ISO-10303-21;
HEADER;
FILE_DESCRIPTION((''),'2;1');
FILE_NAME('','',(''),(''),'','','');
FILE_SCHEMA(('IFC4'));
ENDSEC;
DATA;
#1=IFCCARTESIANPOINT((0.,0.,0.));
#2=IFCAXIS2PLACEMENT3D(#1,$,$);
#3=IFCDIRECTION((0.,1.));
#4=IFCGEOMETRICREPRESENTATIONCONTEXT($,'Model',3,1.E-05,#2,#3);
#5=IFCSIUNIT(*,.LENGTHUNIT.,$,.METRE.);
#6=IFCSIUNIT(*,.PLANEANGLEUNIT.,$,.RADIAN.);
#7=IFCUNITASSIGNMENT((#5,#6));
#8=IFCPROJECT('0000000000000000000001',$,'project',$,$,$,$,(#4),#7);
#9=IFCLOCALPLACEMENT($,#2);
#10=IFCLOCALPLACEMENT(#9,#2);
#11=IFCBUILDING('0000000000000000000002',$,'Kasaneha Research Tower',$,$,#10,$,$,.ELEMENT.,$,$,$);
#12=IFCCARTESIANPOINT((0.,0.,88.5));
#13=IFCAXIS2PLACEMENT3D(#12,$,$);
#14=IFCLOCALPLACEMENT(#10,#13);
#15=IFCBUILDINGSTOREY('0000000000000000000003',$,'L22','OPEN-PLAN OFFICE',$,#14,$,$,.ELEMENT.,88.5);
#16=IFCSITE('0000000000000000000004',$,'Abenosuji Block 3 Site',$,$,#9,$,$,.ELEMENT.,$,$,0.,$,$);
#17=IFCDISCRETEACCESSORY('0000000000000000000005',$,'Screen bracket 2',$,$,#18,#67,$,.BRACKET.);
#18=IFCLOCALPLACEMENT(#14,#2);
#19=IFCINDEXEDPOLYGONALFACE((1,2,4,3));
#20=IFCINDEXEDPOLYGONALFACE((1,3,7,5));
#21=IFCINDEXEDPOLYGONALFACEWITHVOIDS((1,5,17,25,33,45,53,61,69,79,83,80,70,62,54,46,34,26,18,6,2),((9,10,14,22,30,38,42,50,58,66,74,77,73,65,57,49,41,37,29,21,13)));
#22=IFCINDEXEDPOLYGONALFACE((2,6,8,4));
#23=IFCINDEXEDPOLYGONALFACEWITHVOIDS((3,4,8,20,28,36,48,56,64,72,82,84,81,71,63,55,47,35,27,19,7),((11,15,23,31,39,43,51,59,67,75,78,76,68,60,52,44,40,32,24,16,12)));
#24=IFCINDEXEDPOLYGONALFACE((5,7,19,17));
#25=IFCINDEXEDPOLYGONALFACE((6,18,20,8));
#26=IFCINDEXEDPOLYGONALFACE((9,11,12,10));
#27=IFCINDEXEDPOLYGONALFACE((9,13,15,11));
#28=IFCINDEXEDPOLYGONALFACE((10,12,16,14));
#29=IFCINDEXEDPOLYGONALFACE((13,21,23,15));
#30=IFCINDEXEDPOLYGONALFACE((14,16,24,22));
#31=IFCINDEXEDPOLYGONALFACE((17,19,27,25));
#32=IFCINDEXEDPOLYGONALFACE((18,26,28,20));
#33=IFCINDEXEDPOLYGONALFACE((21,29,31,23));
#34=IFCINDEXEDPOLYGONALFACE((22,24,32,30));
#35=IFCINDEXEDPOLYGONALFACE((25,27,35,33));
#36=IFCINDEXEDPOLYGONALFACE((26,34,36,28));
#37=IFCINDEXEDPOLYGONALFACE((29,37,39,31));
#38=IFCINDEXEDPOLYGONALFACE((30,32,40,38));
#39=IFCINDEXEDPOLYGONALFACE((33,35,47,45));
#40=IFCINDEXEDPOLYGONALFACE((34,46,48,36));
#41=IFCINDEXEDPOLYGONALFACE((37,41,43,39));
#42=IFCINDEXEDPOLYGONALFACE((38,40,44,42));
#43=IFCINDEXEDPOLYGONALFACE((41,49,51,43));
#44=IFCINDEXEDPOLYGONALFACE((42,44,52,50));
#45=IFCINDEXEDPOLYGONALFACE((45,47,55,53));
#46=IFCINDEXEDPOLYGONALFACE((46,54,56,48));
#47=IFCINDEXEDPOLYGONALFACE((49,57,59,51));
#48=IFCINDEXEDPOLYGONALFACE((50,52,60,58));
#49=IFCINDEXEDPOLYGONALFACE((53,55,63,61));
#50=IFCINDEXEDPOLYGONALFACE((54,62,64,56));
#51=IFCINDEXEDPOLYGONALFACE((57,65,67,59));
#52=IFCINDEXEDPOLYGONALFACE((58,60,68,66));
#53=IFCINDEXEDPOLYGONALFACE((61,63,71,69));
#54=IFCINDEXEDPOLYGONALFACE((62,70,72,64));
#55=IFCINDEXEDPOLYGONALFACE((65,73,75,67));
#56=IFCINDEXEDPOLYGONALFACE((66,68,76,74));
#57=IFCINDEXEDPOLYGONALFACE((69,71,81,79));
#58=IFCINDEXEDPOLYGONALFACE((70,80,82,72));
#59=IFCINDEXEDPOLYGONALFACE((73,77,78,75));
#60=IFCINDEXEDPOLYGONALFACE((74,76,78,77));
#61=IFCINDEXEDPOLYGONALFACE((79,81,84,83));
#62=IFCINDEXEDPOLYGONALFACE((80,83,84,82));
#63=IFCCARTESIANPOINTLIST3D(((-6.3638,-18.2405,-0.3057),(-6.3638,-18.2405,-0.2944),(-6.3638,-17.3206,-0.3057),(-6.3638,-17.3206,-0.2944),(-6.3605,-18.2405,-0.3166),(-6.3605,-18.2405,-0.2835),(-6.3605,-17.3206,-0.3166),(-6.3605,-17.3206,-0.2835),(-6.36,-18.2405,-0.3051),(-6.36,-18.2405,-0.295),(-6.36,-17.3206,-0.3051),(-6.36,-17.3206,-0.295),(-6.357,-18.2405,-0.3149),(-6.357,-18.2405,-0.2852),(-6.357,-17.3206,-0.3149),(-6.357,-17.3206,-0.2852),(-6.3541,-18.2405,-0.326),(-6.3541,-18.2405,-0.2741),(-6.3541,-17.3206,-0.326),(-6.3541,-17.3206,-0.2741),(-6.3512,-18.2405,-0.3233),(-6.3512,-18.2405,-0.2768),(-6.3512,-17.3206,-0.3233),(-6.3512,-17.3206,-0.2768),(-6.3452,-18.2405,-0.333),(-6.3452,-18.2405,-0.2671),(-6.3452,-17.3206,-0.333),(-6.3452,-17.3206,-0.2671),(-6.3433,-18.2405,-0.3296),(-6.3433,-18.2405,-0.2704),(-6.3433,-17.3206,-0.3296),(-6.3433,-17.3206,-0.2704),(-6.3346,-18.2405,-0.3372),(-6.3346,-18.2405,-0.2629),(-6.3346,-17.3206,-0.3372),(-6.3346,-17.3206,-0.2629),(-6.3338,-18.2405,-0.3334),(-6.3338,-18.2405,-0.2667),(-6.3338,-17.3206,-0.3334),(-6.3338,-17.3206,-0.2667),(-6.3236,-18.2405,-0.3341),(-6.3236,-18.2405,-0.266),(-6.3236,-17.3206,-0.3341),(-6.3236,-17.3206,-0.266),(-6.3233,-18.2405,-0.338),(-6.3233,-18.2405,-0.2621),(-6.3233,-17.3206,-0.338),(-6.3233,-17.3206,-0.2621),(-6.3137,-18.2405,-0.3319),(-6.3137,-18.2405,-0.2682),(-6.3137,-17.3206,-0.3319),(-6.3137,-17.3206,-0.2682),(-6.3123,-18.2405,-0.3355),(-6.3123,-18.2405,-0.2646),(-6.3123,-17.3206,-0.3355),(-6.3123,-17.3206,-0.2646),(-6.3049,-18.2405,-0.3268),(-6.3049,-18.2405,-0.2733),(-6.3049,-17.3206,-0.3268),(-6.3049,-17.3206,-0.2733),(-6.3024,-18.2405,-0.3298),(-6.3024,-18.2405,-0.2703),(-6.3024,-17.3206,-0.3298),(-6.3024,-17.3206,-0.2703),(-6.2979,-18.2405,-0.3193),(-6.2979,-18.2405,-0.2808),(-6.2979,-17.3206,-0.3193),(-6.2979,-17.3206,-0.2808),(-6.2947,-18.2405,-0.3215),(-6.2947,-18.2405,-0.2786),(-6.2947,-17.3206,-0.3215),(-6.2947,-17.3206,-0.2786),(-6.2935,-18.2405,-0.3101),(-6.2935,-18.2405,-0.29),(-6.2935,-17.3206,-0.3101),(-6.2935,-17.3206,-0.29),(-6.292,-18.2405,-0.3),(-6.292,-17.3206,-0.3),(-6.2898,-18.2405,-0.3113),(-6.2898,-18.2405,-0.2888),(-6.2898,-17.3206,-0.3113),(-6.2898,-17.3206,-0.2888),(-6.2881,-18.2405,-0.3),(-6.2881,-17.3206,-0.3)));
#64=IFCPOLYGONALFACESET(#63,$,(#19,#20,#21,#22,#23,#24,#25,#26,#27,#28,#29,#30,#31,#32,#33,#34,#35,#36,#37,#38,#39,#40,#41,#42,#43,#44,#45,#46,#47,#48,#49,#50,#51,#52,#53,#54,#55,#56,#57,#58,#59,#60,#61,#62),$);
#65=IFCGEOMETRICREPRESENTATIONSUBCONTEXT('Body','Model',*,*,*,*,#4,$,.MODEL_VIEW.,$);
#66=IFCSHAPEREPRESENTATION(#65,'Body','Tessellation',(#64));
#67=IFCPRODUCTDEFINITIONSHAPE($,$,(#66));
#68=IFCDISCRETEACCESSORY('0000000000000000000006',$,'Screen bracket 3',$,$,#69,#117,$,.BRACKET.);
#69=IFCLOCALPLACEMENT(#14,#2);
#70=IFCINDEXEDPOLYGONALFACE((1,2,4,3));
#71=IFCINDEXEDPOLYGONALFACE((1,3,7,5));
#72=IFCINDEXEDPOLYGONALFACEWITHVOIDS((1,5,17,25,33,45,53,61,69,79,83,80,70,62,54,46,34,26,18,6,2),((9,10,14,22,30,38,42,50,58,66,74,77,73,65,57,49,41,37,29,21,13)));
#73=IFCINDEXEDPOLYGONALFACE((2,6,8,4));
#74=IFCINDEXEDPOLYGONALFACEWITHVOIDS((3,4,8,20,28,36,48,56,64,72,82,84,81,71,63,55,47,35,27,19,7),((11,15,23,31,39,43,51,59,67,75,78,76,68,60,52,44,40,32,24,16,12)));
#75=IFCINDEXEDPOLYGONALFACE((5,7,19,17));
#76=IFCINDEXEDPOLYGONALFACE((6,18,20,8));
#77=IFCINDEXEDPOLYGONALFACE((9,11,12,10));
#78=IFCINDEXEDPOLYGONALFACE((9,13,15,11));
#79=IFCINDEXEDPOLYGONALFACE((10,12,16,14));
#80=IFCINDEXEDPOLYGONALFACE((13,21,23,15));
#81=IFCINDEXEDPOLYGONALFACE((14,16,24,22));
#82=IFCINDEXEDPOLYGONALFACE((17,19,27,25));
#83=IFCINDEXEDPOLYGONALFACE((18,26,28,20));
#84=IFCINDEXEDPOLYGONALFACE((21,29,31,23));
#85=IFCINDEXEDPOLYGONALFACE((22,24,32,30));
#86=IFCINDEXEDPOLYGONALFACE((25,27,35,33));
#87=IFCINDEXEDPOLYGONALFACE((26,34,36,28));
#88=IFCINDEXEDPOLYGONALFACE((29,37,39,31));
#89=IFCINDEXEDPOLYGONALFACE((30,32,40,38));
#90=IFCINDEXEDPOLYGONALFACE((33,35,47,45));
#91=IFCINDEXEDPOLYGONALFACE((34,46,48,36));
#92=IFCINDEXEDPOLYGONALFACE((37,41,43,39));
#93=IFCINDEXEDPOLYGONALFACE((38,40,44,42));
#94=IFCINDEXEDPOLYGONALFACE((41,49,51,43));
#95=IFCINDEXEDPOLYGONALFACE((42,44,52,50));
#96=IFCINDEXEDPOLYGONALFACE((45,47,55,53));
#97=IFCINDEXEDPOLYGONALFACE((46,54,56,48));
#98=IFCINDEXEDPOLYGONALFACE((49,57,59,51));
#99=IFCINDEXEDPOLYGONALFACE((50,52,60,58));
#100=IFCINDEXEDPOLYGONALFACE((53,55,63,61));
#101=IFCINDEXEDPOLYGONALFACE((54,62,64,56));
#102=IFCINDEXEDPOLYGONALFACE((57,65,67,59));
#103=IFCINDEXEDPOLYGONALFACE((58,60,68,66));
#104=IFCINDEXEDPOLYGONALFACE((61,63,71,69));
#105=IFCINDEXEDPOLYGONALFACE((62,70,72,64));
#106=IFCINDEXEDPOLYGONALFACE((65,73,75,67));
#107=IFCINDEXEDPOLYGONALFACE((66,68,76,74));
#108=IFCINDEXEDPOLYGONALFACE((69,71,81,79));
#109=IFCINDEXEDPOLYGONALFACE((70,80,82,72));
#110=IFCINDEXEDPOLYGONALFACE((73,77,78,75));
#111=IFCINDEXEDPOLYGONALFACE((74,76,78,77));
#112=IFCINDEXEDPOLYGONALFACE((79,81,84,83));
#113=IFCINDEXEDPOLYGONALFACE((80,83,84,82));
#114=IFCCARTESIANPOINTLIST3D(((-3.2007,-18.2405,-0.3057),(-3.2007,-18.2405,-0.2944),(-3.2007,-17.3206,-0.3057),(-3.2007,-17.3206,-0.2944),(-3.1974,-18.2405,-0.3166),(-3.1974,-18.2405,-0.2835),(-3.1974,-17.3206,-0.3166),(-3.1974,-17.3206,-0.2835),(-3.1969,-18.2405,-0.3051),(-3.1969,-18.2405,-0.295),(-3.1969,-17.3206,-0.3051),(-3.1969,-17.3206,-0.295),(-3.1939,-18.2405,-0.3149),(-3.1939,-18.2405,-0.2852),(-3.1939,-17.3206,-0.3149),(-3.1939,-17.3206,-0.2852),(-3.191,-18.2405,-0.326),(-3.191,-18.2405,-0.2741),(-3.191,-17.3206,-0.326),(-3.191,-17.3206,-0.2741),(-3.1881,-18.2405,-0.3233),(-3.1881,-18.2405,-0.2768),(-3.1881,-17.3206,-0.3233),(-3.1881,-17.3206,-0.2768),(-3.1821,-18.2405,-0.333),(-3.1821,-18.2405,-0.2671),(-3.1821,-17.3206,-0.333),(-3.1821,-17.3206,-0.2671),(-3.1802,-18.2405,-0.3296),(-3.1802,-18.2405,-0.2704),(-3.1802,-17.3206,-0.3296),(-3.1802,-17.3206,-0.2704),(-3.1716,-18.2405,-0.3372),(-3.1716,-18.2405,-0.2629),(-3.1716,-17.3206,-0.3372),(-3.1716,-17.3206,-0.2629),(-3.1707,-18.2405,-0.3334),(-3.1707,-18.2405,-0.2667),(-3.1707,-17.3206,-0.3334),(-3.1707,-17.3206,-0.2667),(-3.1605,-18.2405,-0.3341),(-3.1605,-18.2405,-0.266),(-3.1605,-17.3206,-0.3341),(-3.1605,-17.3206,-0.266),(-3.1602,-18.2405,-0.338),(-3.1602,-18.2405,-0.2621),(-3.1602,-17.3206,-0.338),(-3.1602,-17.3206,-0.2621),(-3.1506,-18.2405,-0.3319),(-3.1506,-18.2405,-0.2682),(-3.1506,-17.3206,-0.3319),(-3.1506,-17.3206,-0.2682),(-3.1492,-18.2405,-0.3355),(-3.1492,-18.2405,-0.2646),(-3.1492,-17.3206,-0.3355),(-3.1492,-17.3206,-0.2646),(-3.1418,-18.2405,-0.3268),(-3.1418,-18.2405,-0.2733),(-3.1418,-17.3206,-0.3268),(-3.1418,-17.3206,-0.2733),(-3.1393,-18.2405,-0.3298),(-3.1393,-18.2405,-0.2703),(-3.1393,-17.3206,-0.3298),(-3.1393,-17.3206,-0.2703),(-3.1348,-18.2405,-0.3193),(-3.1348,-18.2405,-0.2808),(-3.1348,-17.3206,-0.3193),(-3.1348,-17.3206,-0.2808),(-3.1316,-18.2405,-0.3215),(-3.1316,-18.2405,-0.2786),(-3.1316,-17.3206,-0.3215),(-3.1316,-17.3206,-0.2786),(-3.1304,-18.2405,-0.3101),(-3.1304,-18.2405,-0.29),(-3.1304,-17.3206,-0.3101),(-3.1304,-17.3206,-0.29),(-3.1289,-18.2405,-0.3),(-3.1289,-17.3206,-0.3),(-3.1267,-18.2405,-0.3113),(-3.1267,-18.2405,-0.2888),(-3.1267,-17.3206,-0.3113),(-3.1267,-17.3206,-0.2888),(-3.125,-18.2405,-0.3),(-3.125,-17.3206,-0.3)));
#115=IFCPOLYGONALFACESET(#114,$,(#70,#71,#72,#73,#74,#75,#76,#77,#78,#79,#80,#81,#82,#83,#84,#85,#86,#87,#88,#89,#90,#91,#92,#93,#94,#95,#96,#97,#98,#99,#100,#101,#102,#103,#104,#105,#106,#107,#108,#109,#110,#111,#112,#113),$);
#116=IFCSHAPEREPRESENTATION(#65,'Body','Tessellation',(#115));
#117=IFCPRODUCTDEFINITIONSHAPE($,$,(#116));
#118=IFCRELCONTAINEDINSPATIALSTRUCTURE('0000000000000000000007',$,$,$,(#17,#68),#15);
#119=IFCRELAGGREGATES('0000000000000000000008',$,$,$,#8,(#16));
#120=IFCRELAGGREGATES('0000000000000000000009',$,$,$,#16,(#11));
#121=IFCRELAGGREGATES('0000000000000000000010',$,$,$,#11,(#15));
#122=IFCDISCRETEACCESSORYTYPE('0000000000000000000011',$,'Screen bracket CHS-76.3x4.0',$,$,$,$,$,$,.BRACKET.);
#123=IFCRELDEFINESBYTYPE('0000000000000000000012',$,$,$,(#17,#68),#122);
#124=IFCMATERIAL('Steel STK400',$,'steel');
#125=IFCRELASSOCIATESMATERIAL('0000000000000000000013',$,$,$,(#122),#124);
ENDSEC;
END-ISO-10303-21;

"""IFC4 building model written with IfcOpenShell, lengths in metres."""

from ifc_helpers import new_model, si_unit, direction, frame, origin, origin_2d, place, context, subcontext, project, spatial, hollow_circle, extrude, material, material_profile, profile_set, type_object, element, save


model = new_model("IFC4")

# Units and contexts
model_context = context("Model", 3, precision=1e-05, world=origin(), true_north=direction((0.0, 1.0)))
body_context = subcontext(model_context, "Body", "Model", "MODEL_VIEW")
ifc_project = project(units=[si_unit("LENGTHUNIT", "METRE"), si_unit("PLANEANGLEUNIT", "RADIAN")], contexts=[model_context])

# Site, building, storey
site_placement = place(None, origin())
site = spatial("IfcSite", under=ifc_project, at=site_placement, Name="Abenosuji Block 3 Site", CompositionType="ELEMENT", RefElevation=0.0)
building_placement = place(site_placement, origin())
building = spatial("IfcBuilding", under=site, at=building_placement, Name="Kasaneha Research Tower", CompositionType="ELEMENT")
storey_placement = place(building_placement, frame((0.0, 0.0, 88.5)))
storey = spatial("IfcBuildingStorey", under=building, at=storey_placement, Name="L22", Description="OPEN-PLAN OFFICE", CompositionType="ELEMENT", Elevation=88.5)

# Discrete accessories
ifc_material_1 = material(Name="Steel STK400", Category="steel")
ifc_material_profile_1 = material_profile(ifc_material_1, hollow_circle(Radius=0.0381, WallThickness=0.0039, at=origin_2d()), Name="CHS-76.3x4.0")
ifc_profile_set_1 = profile_set([ifc_material_profile_1], Name="Steel STK400")
discrete_accessory_type = type_object("IfcDiscreteAccessoryType", Name="Screen bracket CHS-76.3x4.0", PredefinedType="BRACKET", material=ifc_profile_set_1)
for number, where, z_axis, x_axis, name in (
    (1, (-6.3262, -17.3206, -0.3), (0.0, -1.0, 0.0), (1.0, 0.0, 0.0), "Screen bracket 2"),
    (2, (-3.1631, -17.3206, -0.3), (0.0, -1.0, 0.0), (1.0, 0.0, 0.0), "Screen bracket 3"),
):
    element("IfcDiscreteAccessory", number, at=place(storey_placement, frame(where, z_axis=z_axis, x_axis=x_axis)), inside=storey, type_object=discrete_accessory_type, Name=name, PredefinedType="BRACKET", context=body_context, shape_type="SweptSolid", body=[
        extrude(hollow_circle(Radius=0.0381, WallThickness=0.0039, at=origin_2d()), origin(), (0.0, 0.0, 1.0), 0.9199),
    ])

save(model, "model.ifc")
